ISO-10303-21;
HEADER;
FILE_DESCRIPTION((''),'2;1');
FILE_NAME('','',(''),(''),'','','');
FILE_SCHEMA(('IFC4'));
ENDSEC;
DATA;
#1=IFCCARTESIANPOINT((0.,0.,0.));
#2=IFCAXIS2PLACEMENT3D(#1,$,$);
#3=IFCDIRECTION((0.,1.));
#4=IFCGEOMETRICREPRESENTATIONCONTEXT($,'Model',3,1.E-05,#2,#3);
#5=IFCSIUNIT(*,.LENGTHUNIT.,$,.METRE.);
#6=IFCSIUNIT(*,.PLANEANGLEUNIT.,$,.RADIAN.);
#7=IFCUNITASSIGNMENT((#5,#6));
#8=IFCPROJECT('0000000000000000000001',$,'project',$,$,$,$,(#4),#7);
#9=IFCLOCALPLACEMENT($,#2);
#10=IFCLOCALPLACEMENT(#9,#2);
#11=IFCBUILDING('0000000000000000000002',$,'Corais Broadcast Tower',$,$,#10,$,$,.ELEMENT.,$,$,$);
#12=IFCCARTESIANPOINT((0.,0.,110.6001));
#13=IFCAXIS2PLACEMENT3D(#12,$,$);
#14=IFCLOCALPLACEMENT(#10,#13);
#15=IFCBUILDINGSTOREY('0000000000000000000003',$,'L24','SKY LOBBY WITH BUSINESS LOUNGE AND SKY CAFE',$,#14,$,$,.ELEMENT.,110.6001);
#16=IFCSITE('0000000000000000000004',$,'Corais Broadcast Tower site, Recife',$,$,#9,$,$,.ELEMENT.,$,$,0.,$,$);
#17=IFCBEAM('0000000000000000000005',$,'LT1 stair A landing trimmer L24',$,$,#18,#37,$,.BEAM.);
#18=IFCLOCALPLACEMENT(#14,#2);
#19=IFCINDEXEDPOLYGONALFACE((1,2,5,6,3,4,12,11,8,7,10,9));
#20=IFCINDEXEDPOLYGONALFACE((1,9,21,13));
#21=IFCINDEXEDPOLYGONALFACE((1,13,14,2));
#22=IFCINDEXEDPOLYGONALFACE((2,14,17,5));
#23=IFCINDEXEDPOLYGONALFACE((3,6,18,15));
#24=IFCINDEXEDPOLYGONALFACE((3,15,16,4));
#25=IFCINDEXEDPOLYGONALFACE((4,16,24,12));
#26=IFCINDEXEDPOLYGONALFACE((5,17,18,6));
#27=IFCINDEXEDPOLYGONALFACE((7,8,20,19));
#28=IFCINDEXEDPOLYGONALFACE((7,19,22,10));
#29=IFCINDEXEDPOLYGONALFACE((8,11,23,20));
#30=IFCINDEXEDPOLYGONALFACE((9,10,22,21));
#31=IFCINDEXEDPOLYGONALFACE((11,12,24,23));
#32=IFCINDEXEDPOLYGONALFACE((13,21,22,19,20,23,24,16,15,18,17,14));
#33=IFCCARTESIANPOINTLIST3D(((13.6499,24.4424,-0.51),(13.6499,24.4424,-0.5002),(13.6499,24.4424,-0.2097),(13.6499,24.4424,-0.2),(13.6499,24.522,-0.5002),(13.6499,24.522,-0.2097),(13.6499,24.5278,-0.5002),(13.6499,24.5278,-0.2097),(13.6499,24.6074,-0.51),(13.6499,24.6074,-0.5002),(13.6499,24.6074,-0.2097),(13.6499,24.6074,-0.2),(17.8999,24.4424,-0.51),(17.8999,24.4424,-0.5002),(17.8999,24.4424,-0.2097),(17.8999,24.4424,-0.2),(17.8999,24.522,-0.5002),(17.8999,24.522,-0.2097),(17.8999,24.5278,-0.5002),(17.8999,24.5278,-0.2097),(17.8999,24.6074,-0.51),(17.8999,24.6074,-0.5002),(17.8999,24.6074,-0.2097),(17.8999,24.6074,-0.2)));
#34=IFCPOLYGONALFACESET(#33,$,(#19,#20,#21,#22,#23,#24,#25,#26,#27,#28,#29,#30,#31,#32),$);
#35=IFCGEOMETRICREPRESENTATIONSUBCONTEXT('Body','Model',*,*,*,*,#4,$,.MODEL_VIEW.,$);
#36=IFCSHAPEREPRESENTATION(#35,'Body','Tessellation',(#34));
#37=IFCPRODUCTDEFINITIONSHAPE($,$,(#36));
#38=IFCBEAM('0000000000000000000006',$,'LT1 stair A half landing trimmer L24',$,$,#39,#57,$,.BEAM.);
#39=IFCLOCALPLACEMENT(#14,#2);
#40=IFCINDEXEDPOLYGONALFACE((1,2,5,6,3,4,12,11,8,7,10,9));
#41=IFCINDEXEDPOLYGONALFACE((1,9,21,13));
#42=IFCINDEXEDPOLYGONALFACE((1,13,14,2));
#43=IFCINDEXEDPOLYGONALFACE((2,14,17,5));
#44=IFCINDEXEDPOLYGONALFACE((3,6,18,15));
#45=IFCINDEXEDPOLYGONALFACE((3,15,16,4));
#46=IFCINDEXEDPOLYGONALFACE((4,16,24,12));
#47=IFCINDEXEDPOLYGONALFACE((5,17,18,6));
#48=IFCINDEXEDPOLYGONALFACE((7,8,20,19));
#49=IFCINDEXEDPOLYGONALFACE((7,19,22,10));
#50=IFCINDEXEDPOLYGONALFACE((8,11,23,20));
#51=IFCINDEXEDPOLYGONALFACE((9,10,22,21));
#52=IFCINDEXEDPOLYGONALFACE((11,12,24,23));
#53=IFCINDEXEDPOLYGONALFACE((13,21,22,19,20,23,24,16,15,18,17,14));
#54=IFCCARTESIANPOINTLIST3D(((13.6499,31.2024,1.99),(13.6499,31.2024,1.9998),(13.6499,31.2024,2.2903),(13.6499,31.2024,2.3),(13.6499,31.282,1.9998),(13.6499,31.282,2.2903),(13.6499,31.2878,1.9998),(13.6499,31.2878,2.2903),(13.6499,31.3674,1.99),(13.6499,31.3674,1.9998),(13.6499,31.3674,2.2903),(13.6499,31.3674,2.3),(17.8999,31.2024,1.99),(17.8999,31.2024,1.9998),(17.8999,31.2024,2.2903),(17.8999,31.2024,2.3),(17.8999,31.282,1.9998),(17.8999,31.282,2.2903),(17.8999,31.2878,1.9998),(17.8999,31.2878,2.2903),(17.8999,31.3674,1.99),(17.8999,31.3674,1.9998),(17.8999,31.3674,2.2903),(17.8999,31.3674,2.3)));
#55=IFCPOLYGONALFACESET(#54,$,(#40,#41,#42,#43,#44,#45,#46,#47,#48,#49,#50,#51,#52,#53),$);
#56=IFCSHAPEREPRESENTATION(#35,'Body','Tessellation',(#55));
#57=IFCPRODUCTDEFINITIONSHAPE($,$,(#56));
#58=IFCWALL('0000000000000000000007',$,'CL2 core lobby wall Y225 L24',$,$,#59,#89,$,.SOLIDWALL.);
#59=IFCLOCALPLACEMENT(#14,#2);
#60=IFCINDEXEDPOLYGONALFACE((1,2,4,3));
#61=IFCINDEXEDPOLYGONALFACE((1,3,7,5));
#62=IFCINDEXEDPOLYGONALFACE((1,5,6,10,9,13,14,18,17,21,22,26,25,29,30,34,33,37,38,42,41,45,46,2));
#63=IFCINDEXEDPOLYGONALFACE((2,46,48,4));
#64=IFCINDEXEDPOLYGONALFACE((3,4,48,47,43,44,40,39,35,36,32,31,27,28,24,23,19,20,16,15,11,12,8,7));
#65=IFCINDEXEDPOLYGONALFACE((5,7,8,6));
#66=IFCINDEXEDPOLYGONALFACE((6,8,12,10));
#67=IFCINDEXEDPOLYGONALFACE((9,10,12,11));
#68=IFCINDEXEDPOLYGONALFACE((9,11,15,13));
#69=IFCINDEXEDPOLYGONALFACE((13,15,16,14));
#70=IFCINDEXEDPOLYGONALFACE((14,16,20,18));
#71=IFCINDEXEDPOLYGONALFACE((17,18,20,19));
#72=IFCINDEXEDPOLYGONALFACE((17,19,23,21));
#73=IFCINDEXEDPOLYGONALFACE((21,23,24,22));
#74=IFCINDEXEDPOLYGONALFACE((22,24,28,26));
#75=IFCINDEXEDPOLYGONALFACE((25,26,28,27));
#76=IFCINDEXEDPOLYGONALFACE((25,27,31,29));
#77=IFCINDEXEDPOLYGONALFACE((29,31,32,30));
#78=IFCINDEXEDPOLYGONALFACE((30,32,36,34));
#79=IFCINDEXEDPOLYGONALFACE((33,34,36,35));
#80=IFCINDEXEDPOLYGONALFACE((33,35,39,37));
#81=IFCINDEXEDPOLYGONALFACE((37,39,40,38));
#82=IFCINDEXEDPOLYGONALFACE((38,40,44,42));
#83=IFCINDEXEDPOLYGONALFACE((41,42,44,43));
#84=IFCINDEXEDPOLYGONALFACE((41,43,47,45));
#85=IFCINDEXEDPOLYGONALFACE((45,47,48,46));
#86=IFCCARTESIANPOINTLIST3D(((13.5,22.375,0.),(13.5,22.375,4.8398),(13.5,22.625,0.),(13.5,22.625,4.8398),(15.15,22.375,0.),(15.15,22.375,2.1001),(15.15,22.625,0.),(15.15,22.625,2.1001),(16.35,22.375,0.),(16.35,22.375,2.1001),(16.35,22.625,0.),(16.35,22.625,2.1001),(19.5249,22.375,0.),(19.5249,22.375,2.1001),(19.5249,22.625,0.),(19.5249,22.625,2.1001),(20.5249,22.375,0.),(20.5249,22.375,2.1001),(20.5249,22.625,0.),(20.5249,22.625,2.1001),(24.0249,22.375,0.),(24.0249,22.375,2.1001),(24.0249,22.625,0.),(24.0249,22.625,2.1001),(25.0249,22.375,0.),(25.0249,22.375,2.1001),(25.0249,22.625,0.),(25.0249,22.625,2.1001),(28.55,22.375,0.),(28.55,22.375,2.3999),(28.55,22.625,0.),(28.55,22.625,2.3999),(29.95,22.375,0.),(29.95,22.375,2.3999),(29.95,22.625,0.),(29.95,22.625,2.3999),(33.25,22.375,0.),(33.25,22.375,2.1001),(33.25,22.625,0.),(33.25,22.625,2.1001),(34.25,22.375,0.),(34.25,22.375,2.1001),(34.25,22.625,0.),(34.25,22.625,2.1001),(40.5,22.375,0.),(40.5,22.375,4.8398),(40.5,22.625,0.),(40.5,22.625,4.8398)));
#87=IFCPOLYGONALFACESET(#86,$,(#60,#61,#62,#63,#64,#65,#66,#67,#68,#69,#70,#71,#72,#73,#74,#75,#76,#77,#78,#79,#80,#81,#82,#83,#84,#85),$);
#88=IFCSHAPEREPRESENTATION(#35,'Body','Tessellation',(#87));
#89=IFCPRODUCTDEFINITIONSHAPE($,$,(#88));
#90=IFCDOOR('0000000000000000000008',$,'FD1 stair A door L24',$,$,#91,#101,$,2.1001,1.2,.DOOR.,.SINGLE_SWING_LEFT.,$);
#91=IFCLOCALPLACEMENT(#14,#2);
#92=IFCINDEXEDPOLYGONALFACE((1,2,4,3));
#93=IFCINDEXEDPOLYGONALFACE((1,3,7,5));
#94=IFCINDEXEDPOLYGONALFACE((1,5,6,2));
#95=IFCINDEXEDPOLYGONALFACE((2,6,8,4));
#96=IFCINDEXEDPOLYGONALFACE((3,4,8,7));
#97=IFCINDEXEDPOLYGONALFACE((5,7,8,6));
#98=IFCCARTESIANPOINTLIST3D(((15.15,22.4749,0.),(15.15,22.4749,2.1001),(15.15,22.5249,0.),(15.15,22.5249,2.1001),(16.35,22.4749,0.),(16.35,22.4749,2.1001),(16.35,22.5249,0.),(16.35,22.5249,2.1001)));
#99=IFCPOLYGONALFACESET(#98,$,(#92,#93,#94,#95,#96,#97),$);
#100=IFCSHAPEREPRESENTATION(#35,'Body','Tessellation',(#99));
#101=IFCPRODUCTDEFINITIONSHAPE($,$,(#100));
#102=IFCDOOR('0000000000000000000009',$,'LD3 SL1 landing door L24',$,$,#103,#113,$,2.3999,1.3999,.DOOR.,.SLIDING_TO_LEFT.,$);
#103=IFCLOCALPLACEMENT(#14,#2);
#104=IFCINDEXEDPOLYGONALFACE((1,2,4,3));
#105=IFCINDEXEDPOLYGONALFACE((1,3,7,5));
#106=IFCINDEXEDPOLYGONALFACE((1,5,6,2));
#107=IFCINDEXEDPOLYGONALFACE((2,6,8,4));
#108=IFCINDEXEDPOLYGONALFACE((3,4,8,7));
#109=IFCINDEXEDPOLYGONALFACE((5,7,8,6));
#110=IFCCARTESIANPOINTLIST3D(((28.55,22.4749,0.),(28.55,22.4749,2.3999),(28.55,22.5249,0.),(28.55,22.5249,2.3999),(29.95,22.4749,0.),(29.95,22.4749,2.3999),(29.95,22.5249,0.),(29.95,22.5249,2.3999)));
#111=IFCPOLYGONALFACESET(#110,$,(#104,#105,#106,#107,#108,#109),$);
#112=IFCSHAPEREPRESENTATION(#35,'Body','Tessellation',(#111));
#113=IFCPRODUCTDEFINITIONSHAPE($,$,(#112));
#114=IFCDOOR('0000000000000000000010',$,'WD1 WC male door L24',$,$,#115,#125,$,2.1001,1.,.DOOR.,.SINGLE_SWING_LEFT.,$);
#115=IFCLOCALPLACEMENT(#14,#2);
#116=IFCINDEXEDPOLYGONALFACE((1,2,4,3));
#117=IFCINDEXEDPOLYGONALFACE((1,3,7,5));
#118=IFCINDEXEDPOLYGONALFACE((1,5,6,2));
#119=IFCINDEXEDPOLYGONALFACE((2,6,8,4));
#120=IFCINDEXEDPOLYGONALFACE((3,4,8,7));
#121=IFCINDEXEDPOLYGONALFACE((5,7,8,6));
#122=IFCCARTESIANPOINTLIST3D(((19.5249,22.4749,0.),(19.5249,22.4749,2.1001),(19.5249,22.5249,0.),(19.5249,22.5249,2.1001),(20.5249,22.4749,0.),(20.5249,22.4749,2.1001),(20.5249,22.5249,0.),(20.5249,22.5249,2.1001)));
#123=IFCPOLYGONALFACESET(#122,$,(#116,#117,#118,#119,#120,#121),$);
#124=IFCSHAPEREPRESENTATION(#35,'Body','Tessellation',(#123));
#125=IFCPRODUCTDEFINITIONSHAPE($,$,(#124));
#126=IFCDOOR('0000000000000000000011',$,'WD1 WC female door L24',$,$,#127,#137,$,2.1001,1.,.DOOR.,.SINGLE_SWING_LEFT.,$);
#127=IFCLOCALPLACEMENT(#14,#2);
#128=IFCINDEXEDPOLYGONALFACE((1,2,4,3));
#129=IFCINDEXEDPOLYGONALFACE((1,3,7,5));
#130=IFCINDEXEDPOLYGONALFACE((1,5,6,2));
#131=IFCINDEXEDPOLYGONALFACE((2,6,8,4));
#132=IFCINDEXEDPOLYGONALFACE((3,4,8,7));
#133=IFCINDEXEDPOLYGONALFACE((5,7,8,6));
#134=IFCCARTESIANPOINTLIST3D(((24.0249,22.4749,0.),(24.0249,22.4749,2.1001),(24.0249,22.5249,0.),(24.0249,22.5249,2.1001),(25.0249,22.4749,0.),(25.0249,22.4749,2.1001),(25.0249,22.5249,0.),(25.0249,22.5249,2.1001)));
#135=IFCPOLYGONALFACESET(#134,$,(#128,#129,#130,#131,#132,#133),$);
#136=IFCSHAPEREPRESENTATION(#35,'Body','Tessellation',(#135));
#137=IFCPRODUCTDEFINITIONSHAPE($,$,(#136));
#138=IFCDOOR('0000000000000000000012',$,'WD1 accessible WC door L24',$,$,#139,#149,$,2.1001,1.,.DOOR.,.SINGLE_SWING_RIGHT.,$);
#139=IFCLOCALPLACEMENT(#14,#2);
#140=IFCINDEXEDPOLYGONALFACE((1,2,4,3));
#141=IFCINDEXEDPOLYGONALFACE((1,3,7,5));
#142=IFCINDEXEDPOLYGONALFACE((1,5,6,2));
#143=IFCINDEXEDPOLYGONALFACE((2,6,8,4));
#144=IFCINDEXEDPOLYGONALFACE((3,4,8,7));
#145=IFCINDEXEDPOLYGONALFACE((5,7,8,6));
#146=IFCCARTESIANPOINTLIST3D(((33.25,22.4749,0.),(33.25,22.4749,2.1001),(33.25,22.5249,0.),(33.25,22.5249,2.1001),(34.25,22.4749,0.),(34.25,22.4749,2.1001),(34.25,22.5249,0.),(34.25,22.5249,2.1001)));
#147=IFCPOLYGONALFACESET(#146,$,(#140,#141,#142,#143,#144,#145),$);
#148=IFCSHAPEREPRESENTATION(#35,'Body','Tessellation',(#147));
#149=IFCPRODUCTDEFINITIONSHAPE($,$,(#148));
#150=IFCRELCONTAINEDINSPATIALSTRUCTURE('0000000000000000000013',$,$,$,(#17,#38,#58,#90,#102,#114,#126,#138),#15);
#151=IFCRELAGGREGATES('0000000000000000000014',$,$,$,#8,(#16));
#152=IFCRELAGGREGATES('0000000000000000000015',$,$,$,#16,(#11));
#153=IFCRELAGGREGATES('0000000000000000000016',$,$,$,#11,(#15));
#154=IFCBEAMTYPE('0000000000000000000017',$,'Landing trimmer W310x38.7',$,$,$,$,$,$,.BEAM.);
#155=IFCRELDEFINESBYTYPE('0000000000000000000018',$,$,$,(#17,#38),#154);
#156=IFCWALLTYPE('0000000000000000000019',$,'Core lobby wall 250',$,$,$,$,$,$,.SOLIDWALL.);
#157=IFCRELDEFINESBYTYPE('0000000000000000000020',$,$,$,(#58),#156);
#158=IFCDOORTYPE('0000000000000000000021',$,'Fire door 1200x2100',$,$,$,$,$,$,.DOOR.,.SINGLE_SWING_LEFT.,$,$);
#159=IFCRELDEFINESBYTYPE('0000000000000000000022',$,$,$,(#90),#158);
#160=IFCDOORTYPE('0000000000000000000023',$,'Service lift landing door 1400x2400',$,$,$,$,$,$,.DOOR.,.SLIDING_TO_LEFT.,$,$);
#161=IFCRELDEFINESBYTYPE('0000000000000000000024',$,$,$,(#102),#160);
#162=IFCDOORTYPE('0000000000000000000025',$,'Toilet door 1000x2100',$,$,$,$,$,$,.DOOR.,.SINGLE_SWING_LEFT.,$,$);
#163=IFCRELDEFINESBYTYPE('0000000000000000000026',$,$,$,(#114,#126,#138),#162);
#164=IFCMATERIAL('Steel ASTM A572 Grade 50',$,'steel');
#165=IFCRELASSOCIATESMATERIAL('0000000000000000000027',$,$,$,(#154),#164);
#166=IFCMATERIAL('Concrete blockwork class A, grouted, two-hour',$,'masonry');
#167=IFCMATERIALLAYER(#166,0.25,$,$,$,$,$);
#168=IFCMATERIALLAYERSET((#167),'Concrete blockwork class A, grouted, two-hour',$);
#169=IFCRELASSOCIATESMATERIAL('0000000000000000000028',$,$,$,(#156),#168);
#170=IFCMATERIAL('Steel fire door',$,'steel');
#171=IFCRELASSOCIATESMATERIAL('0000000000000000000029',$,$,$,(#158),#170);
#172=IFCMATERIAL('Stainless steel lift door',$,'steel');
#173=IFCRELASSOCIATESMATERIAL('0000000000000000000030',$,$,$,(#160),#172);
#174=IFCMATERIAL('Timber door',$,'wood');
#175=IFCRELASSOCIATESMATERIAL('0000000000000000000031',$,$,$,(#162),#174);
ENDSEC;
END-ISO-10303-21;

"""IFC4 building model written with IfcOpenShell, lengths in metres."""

from ifc_helpers import new_model, si_unit, direction, frame, frame_2d, origin, origin_2d, place, context, subcontext, project, spatial, rectangle, i_section, extrude, material, layer, layer_set, material_profile, profile_set, type_object, element, fill, save


model = new_model("IFC4")

# Units and contexts
model_context = context("Model", 3, precision=1e-05, world=origin(), true_north=direction((0.0, 1.0)))
body_context = subcontext(model_context, "Body", "Model", "MODEL_VIEW")
ifc_project = project(units=[si_unit("LENGTHUNIT", "METRE"), si_unit("PLANEANGLEUNIT", "RADIAN")], contexts=[model_context])

# Site, building, storey
site_placement = place(None, origin())
site = spatial("IfcSite", under=ifc_project, at=site_placement, Name="Corais Broadcast Tower site, Recife", CompositionType="ELEMENT", RefElevation=0.0)
building_placement = place(site_placement, origin())
building = spatial("IfcBuilding", under=site, at=building_placement, Name="Corais Broadcast Tower", CompositionType="ELEMENT")
storey_placement = place(building_placement, frame((0.0, 0.0, 110.6001)))
storey = spatial("IfcBuildingStorey", under=building, at=storey_placement, Name="L24", Description="SKY LOBBY WITH BUSINESS LOUNGE AND SKY CAFE", CompositionType="ELEMENT", Elevation=110.6001)

# Beams
ifc_material_1 = material(Name="Steel ASTM A572 Grade 50", Category="steel")
ifc_material_profile = material_profile(ifc_material_1, i_section(OverallWidth=0.165, OverallDepth=0.3101, WebThickness=0.0059, FlangeThickness=0.0098, at=origin_2d()), Name="W310x38.7")
ifc_profile_set = profile_set([ifc_material_profile], Name="Steel ASTM A572 Grade 50")
beam_type = type_object("IfcBeamType", Name="Landing trimmer W310x38.7", PredefinedType="BEAM", material=ifc_profile_set)
for number, where, z_axis, x_axis, name in (
    (1, (13.6499, 24.5249, -0.355), (1.0, 0.0, 0.0), (0.0, 1.0, 0.0), "LT1 stair A landing trimmer L24"),
    (2, (13.6499, 31.2849, 2.145), (1.0, 0.0, 0.0), (0.0, 1.0, 0.0), "LT1 stair A half landing trimmer L24"),
):
    element("IfcBeam", number, at=place(storey_placement, frame(where, z_axis=z_axis, x_axis=x_axis)), inside=storey, type_object=beam_type, Name=name, PredefinedType="BEAM", context=body_context, shape_type="SweptSolid", body=[
        extrude(i_section(OverallWidth=0.165, OverallDepth=0.3101, WebThickness=0.0059, FlangeThickness=0.0098, at=origin_2d()), origin(), (0.0, 0.0, 1.0), 4.25),
    ])

# Wall, openings, doors
ifc_material_2 = material(Name="Concrete blockwork class A, grouted, two-hour", Category="masonry")
ifc_layer = layer(ifc_material_2, 0.25)
ifc_layer_set = layer_set([ifc_layer], Name="Concrete blockwork class A, grouted, two-hour")
wall_type = type_object("IfcWallType", Name="Core lobby wall 250", PredefinedType="SOLIDWALL", material=ifc_layer_set)
wall_1_placement = place(storey_placement, frame((13.5, 22.5, 0.0), z_axis=(0.0, 0.0, 1.0), x_axis=(1.0, 0.0, 0.0)))
wall_1 = element("IfcWall", 3, at=wall_1_placement, inside=storey, type_object=wall_type, Name="CL2 core lobby wall Y225 L24", PredefinedType="SOLIDWALL", context=body_context, shape_type="SweptSolid", body=[
    extrude(rectangle(XDim=27.0, YDim=0.25, at=frame_2d((13.5, 0.0))), origin(), (0.0, 0.0, 1.0), 4.8398),
])
opening_1_placement = place(wall_1_placement, frame((1.6499, 0.0, 0.0)))
opening_1 = element("IfcOpeningElement", 4, at=opening_1_placement, cuts=wall_1, PredefinedType="OPENING", context=body_context, shape_type="SweptSolid", body=[
    extrude(rectangle(XDim=1.2, YDim=2.1001, at=frame_2d((0.6001, 1.05))), frame((0.0, 0.135, 0.0), z_axis=(0.0, -1.0, 0.0), x_axis=(1.0, 0.0, 0.0)), (0.0, 0.0, 1.0), 0.27),
])
opening_2_placement = place(wall_1_placement, frame((6.0249, 0.0, 0.0)))
opening_2 = element("IfcOpeningElement", 5, at=opening_2_placement, cuts=wall_1, PredefinedType="OPENING", context=body_context, shape_type="SweptSolid", body=[
    extrude(rectangle(XDim=1.0, YDim=2.1001, at=frame_2d((0.5, 1.05))), frame((0.0, 0.135, 0.0), z_axis=(0.0, -1.0, 0.0), x_axis=(1.0, 0.0, 0.0)), (0.0, 0.0, 1.0), 0.27),
])
opening_3_placement = place(wall_1_placement, frame((10.5249, 0.0, 0.0)))
opening_3 = element("IfcOpeningElement", 6, at=opening_3_placement, cuts=wall_1, PredefinedType="OPENING", context=body_context, shape_type="SweptSolid", body=[
    extrude(rectangle(XDim=1.0, YDim=2.1001, at=frame_2d((0.5, 1.05))), frame((0.0, 0.135, 0.0), z_axis=(0.0, -1.0, 0.0), x_axis=(1.0, 0.0, 0.0)), (0.0, 0.0, 1.0), 0.27),
])
opening_4_placement = place(wall_1_placement, frame((19.75, 0.0, 0.0)))
opening_4 = element("IfcOpeningElement", 7, at=opening_4_placement, cuts=wall_1, PredefinedType="OPENING", context=body_context, shape_type="SweptSolid", body=[
    extrude(rectangle(XDim=1.0, YDim=2.1001, at=frame_2d((0.5, 1.05))), frame((0.0, 0.135, 0.0), z_axis=(0.0, -1.0, 0.0), x_axis=(1.0, 0.0, 0.0)), (0.0, 0.0, 1.0), 0.27),
])
opening_5_placement = place(wall_1_placement, frame((15.05, 0.0, 0.0)))
opening_5 = element("IfcOpeningElement", 8, at=opening_5_placement, cuts=wall_1, PredefinedType="OPENING", context=body_context, shape_type="SweptSolid", body=[
    extrude(rectangle(XDim=1.3999, YDim=2.3999, at=frame_2d((0.7, 1.2))), frame((0.0, 0.135, 0.0), z_axis=(0.0, -1.0, 0.0), x_axis=(1.0, 0.0, 0.0)), (0.0, 0.0, 1.0), 0.27),
])
ifc_material_3 = material(Name="Steel fire door", Category="steel")
door_type_1 = type_object("IfcDoorType", Name="Fire door 1200x2100", OperationType="SINGLE_SWING_LEFT", PredefinedType="DOOR", material=ifc_material_3)
door_1_placement = place(opening_1_placement, origin())
door_1 = element("IfcDoor", 9, at=door_1_placement, inside=storey, type_object=door_type_1, Name="FD1 stair A door L24", OperationType="SINGLE_SWING_LEFT", OverallHeight=2.1001, OverallWidth=1.2, PredefinedType="DOOR", context=body_context, shape_type="SweptSolid", body=[
    extrude(rectangle(XDim=1.2, YDim=2.1001, at=frame_2d((0.6001, 1.05))), frame((0.0, 0.0249, 0.0), z_axis=(0.0, -1.0, 0.0), x_axis=(1.0, 0.0, 0.0)), (0.0, 0.0, 1.0), 0.05),
])
fill(opening_1, door_1)
ifc_material_4 = material(Name="Stainless steel lift door", Category="steel")
door_type_2 = type_object("IfcDoorType", Name="Service lift landing door 1400x2400", OperationType="SLIDING_TO_LEFT", PredefinedType="DOOR", material=ifc_material_4)
door_2_placement = place(opening_5_placement, origin())
door_2 = element("IfcDoor", 10, at=door_2_placement, inside=storey, type_object=door_type_2, Name="LD3 SL1 landing door L24", OperationType="SLIDING_TO_LEFT", OverallHeight=2.3999, OverallWidth=1.3999, PredefinedType="DOOR", context=body_context, shape_type="SweptSolid", body=[
    extrude(rectangle(XDim=1.3999, YDim=2.3999, at=frame_2d((0.7, 1.2))), frame((0.0, 0.0249, 0.0), z_axis=(0.0, -1.0, 0.0), x_axis=(1.0, 0.0, 0.0)), (0.0, 0.0, 1.0), 0.05),
])
fill(opening_5, door_2)
ifc_material_5 = material(Name="Timber door", Category="wood")
door_type_3 = type_object("IfcDoorType", Name="Toilet door 1000x2100", OperationType="SINGLE_SWING_LEFT", PredefinedType="DOOR", material=ifc_material_5)
door_3_placement = place(opening_2_placement, origin())
door_3 = element("IfcDoor", 11, at=door_3_placement, inside=storey, type_object=door_type_3, Name="WD1 WC male door L24", OperationType="SINGLE_SWING_LEFT", OverallHeight=2.1001, OverallWidth=1.0, PredefinedType="DOOR", context=body_context, shape_type="SweptSolid", body=[
    extrude(rectangle(XDim=1.0, YDim=2.1001, at=frame_2d((0.5, 1.05))), frame((0.0, 0.0249, 0.0), z_axis=(0.0, -1.0, 0.0), x_axis=(1.0, 0.0, 0.0)), (0.0, 0.0, 1.0), 0.05),
])
fill(opening_2, door_3)
door_4_placement = place(opening_3_placement, origin())
door_4 = element("IfcDoor", 12, at=door_4_placement, inside=storey, type_object=door_type_3, Name="WD1 WC female door L24", OperationType="SINGLE_SWING_LEFT", OverallHeight=2.1001, OverallWidth=1.0, PredefinedType="DOOR", context=body_context, shape_type="SweptSolid", body=[
    extrude(rectangle(XDim=1.0, YDim=2.1001, at=frame_2d((0.5, 1.05))), frame((0.0, 0.0249, 0.0), z_axis=(0.0, -1.0, 0.0), x_axis=(1.0, 0.0, 0.0)), (0.0, 0.0, 1.0), 0.05),
])
fill(opening_3, door_4)
door_5_placement = place(opening_4_placement, origin())
door_5 = element("IfcDoor", 13, at=door_5_placement, inside=storey, type_object=door_type_3, Name="WD1 accessible WC door L24", OperationType="SINGLE_SWING_RIGHT", OverallHeight=2.1001, OverallWidth=1.0, PredefinedType="DOOR", context=body_context, shape_type="SweptSolid", body=[
    extrude(rectangle(XDim=1.0, YDim=2.1001, at=frame_2d((0.5, 1.05))), frame((0.0, 0.0249, 0.0), z_axis=(0.0, -1.0, 0.0), x_axis=(1.0, 0.0, 0.0)), (0.0, 0.0, 1.0), 0.05),
])
fill(opening_4, door_5)

save(model, "model.ifc")
